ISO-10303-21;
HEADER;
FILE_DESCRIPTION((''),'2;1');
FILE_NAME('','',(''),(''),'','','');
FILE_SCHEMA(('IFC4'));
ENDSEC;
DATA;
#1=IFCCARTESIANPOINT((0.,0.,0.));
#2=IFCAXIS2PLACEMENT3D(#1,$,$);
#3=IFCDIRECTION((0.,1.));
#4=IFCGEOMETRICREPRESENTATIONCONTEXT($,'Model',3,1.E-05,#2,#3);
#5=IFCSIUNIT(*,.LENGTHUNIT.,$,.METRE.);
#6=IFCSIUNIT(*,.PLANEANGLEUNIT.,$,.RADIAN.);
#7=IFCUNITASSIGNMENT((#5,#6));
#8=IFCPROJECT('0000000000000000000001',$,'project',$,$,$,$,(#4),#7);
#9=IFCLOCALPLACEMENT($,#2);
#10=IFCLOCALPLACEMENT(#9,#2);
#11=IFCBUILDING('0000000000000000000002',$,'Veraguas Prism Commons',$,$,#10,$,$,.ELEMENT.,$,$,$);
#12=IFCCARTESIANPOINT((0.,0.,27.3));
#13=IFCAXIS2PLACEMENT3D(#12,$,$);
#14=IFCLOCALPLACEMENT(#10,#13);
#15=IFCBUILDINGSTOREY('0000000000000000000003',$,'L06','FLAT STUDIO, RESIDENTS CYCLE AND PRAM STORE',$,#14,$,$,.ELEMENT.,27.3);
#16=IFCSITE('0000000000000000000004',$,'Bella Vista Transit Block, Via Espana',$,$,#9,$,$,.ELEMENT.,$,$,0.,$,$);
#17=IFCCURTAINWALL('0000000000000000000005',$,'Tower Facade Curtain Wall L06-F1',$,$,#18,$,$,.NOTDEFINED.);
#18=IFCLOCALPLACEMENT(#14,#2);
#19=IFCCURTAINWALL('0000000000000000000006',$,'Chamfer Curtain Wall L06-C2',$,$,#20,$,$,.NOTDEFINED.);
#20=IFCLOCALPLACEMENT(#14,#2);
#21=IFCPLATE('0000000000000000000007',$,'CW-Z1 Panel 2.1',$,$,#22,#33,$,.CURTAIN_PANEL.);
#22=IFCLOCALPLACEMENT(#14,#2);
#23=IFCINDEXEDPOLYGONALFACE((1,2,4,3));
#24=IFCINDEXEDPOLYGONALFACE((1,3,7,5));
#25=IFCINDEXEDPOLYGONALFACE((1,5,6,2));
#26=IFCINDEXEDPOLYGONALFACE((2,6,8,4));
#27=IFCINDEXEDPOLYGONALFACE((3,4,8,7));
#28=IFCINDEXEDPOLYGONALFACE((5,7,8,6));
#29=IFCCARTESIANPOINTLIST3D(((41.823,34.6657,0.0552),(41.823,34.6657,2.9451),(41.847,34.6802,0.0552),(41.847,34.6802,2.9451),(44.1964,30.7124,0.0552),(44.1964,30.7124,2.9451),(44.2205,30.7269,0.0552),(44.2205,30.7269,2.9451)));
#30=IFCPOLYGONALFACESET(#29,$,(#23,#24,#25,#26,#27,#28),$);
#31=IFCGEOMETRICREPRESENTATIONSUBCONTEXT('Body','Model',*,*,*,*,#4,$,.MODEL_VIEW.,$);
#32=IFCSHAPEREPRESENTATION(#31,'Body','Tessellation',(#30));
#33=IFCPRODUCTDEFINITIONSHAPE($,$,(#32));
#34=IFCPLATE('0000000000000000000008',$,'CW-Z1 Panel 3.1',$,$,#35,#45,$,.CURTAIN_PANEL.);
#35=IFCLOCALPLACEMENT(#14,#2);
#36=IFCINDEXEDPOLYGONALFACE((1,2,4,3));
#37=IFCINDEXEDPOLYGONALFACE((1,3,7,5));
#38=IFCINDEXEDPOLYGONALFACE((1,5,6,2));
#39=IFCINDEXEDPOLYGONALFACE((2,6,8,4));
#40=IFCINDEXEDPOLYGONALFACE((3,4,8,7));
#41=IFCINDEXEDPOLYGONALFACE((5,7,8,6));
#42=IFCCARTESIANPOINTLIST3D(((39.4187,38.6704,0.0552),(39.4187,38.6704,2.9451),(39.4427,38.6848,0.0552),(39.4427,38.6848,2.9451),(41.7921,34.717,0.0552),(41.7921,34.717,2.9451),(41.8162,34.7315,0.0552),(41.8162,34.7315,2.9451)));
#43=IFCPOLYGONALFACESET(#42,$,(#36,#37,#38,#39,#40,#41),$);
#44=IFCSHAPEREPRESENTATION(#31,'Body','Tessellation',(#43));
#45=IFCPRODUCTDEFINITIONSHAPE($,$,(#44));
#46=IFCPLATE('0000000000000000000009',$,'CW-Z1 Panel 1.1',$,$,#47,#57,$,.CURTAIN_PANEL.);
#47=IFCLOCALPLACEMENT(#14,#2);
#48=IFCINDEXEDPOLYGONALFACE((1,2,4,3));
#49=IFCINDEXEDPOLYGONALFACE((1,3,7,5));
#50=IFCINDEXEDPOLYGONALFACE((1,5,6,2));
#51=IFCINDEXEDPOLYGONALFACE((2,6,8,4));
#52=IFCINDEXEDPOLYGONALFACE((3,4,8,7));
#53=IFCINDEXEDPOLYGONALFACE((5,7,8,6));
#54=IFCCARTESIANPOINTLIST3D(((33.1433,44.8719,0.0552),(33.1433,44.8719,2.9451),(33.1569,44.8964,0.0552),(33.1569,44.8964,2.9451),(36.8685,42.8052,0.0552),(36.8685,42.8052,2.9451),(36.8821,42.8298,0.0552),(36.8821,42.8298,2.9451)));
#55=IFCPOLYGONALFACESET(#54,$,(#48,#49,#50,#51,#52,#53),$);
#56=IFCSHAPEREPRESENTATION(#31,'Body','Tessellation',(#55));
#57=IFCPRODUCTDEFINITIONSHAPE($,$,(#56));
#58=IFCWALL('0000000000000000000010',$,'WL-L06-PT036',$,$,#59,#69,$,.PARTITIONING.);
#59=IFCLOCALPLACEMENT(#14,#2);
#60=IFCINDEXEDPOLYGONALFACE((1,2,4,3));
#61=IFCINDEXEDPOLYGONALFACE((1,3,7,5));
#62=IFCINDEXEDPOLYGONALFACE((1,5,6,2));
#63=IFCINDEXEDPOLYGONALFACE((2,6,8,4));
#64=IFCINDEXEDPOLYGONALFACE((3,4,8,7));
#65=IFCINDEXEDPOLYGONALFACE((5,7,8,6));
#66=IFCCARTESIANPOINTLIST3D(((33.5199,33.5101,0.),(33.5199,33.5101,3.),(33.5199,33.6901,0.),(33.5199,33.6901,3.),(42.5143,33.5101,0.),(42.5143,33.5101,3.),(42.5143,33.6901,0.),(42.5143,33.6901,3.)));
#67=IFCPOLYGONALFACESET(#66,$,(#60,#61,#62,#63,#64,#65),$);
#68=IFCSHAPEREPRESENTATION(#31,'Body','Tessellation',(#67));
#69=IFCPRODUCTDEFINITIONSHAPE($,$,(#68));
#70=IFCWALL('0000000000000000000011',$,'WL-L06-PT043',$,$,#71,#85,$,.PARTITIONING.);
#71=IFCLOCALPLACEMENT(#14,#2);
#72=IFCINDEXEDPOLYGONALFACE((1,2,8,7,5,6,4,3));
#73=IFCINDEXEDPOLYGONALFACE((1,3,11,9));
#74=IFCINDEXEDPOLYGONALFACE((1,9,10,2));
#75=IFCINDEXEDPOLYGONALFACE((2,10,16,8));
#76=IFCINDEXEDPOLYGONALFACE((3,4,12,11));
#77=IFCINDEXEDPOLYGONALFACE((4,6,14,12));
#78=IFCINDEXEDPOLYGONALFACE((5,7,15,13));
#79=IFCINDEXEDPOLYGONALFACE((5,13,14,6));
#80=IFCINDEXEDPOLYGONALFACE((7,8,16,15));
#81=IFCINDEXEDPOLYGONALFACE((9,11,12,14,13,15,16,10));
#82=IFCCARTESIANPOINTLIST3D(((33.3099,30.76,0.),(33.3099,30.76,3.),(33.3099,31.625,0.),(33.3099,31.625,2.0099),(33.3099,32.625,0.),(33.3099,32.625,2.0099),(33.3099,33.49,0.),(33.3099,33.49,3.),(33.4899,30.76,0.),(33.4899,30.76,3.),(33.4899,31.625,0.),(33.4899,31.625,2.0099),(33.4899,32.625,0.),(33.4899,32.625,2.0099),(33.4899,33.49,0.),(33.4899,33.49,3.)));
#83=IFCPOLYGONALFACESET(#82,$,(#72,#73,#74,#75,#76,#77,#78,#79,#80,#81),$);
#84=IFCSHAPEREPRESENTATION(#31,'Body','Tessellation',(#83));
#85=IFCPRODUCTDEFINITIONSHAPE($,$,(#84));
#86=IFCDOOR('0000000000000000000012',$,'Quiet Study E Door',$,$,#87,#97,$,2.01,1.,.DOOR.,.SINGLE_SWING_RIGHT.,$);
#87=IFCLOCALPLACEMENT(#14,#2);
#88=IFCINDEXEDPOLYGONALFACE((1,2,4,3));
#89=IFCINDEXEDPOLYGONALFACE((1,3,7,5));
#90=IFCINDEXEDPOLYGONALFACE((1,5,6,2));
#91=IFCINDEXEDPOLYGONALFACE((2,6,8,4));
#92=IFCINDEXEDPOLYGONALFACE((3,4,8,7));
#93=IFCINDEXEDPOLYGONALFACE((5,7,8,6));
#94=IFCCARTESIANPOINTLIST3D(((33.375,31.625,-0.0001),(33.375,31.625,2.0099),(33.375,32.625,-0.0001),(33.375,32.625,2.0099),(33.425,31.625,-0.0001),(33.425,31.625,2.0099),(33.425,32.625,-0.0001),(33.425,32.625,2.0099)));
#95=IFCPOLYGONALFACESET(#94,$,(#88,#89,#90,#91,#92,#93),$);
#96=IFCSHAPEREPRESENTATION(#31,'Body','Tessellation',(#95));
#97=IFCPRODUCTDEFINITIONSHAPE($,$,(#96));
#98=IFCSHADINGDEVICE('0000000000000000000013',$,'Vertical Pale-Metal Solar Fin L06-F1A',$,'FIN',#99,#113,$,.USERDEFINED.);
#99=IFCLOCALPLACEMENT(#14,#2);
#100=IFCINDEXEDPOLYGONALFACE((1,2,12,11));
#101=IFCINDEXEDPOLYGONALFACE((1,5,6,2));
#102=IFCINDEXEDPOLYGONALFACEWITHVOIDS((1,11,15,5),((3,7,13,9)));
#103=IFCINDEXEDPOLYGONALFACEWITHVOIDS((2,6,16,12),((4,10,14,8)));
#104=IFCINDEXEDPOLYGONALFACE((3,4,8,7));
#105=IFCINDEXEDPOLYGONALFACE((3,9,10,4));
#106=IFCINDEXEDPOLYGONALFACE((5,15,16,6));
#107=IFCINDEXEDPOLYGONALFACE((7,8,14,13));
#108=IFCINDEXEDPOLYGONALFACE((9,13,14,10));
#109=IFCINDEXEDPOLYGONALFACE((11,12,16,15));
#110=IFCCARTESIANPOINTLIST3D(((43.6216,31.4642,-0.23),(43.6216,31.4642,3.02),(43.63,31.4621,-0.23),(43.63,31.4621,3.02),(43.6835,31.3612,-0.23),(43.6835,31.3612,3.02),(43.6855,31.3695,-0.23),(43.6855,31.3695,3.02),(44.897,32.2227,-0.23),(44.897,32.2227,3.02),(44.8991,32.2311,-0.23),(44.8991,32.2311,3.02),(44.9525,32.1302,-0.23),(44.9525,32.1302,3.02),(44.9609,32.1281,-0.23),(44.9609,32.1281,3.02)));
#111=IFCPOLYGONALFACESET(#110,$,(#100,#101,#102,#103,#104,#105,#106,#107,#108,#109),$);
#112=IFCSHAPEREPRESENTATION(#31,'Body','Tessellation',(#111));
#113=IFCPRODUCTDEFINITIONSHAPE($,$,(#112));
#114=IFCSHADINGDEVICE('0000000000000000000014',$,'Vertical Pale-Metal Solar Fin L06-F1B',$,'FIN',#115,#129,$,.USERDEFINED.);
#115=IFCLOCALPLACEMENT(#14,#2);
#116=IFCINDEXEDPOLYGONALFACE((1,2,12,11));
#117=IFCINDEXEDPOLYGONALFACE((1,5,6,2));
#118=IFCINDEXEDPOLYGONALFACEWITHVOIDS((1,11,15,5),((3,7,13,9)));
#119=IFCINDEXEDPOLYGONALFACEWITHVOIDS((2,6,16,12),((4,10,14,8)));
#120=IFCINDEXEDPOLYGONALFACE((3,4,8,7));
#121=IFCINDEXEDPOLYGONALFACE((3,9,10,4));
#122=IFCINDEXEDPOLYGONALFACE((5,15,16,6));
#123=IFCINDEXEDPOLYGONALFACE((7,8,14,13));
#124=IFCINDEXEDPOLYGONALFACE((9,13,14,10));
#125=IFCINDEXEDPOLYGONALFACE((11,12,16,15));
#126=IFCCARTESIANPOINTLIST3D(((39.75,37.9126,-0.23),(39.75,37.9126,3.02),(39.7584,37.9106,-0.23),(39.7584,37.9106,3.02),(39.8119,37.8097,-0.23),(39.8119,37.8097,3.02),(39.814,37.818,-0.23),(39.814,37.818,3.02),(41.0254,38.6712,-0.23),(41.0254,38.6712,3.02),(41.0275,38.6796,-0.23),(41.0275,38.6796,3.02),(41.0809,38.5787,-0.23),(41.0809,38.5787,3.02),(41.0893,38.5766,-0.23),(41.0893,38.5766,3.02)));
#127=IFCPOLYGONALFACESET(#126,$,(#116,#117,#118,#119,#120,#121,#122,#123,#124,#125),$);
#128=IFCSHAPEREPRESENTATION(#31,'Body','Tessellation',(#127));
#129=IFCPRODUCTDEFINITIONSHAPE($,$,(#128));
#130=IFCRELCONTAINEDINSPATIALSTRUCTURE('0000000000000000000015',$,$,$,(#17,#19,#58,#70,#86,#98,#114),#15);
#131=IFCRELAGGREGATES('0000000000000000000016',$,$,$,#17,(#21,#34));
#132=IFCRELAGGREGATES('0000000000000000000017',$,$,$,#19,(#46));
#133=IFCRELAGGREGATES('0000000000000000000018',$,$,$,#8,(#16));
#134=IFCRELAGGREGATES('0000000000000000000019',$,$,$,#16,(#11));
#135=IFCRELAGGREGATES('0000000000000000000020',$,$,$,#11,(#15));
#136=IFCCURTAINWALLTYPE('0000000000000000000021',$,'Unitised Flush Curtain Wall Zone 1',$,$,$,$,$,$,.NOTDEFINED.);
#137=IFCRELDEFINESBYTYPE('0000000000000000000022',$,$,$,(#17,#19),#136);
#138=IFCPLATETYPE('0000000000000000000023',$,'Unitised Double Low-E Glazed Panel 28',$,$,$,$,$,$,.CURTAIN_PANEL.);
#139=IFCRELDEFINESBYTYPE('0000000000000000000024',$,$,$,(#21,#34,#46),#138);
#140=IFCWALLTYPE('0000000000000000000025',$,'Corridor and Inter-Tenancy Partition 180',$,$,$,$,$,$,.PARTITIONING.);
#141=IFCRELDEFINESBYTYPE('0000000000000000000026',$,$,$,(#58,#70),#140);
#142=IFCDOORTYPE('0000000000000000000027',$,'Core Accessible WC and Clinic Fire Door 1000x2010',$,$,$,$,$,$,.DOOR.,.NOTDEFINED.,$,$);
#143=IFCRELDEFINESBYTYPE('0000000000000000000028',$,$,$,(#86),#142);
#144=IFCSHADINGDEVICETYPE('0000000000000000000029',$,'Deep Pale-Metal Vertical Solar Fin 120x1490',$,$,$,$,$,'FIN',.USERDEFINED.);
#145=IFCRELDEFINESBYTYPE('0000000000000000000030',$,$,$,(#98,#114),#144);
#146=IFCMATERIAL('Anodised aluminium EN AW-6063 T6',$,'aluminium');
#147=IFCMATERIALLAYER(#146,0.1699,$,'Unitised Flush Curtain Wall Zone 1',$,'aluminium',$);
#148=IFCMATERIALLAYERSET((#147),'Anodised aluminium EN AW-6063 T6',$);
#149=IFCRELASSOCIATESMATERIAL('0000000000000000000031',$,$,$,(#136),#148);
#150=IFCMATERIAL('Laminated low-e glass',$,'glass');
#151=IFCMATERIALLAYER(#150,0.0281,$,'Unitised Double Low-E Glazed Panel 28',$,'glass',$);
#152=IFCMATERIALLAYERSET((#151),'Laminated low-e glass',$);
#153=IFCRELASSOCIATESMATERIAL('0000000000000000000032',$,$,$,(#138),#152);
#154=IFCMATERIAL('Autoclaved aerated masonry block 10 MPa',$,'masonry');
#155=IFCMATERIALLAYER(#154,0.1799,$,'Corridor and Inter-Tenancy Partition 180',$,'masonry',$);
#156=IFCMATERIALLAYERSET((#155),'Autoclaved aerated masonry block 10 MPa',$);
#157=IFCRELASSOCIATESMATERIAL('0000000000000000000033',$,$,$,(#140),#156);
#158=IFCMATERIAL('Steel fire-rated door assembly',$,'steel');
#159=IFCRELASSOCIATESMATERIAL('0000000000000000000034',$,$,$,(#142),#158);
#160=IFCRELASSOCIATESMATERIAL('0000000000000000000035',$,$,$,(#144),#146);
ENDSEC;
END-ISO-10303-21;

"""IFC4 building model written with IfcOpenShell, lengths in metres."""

from ifc_helpers import new_model, si_unit, direction, frame, frame_2d, origin, origin_2d, place, context, subcontext, project, spatial, rectangle, hollow_rectangle, extrude, source, transform, mapped, material, layer, layer_set, material_profile, profile_set, type_object, element, fill, aggregate, save


model = new_model("IFC4")

# Units and contexts
model_context = context("Model", 3, precision=1e-05, world=origin(), true_north=direction((0.0, 1.0)))
body_context = subcontext(model_context, "Body", "Model", "MODEL_VIEW")
ifc_project = project(units=[si_unit("LENGTHUNIT", "METRE"), si_unit("PLANEANGLEUNIT", "RADIAN")], contexts=[model_context])

# Site, building, storey
site_placement = place(None, origin())
site = spatial("IfcSite", under=ifc_project, at=site_placement, Name="Bella Vista Transit Block, Via Espana", CompositionType="ELEMENT", RefElevation=0.0)
building_placement = place(site_placement, origin())
building = spatial("IfcBuilding", under=site, at=building_placement, Name="Veraguas Prism Commons", CompositionType="ELEMENT")
storey_placement = place(building_placement, frame((0.0, 0.0, 27.3)))
storey = spatial("IfcBuildingStorey", under=building, at=storey_placement, Name="L06", Description="FLAT STUDIO, RESIDENTS CYCLE AND PRAM STORE", CompositionType="ELEMENT", Elevation=27.3)

# Curtain wall
ifc_material_1 = material(Name="Anodised aluminium EN AW-6063 T6", Category="aluminium")
ifc_layer_1 = layer(ifc_material_1, 0.1699, Name="Unitised Flush Curtain Wall Zone 1", Category="aluminium")
ifc_layer_set_1 = layer_set([ifc_layer_1], Name="Anodised aluminium EN AW-6063 T6")
curtain_wall_type = type_object("IfcCurtainWallType", Name="Unitised Flush Curtain Wall Zone 1", PredefinedType="NOTDEFINED", material=ifc_layer_set_1)
curtain_wall_1_placement = place(storey_placement, origin())
curtain_wall_1 = element("IfcCurtainWall", 1, at=curtain_wall_1_placement, inside=storey, type_object=curtain_wall_type, Name="Tower Facade Curtain Wall L06-F1", PredefinedType="NOTDEFINED")

# Curtain wall
curtain_wall_2_placement = place(storey_placement, origin())
curtain_wall_2 = element("IfcCurtainWall", 2, at=curtain_wall_2_placement, inside=storey, type_object=curtain_wall_type, Name="Chamfer Curtain Wall L06-C2", PredefinedType="NOTDEFINED")

# Plates
ifc_material_2 = material(Name="Laminated low-e glass", Category="glass")
ifc_layer_2 = layer(ifc_material_2, 0.0281, Name="Unitised Double Low-E Glazed Panel 28", Category="glass")
ifc_layer_set_2 = layer_set([ifc_layer_2], Name="Laminated low-e glass")
plate_type = type_object("IfcPlateType", Name="Unitised Double Low-E Glazed Panel 28", PredefinedType="CURTAIN_PANEL", material=ifc_layer_set_2)
shared_shape_1 = source(origin(), body_context, "Body", "SweptSolid", [
    extrude(rectangle(XDim=4.6111, YDim=0.0281, at=origin_2d()), origin(), (0.0, 0.0, 1.0), 2.8899),
])
plate_1_placement = place(storey_placement, frame((43.0217, 32.6963, 0.0552), z_axis=(0.0, 0.0, 1.0), x_axis=(-0.514734, 0.85735, 0.0)))
plate_1 = element("IfcPlate", 3, at=plate_1_placement, type_object=plate_type, Name="CW-Z1 Panel 2.1", PredefinedType="CURTAIN_PANEL", context=body_context, shape_type="MappedRepresentation", body=[
    mapped(shared_shape_1, transform((0.0, 0.0, 0.0), scale=1.0)),
])
plate_2_placement = place(storey_placement, frame((40.6174, 36.7009, 0.0552), z_axis=(0.0, 0.0, 1.0), x_axis=(-0.514734, 0.85735, 0.0)))
plate_2 = element("IfcPlate", 4, at=plate_2_placement, type_object=plate_type, Name="CW-Z1 Panel 3.1", PredefinedType="CURTAIN_PANEL", context=body_context, shape_type="MappedRepresentation", body=[
    mapped(shared_shape_1, transform((0.0, 0.0, 0.0), scale=1.0)),
])
aggregate(curtain_wall_1, [plate_1, plate_2])
shared_shape_2 = source(origin(), body_context, "Body", "SweptSolid", [
    extrude(rectangle(XDim=4.26, YDim=0.0281, at=origin_2d()), origin(), (0.0, 0.0, 1.0), 2.8899),
])
plate_3_placement = place(storey_placement, frame((35.0127, 43.8508, 0.0552), z_axis=(0.0, 0.0, 1.0), x_axis=(-0.874445, 0.485124, 0.0)))
plate_3 = element("IfcPlate", 5, at=plate_3_placement, type_object=plate_type, Name="CW-Z1 Panel 1.1", PredefinedType="CURTAIN_PANEL", context=body_context, shape_type="MappedRepresentation", body=[
    mapped(shared_shape_2, transform((0.0, 0.0, 0.0), scale=1.0)),
])
aggregate(curtain_wall_2, [plate_3])

# Wall
ifc_material_3 = material(Name="Autoclaved aerated masonry block 10 MPa", Category="masonry")
ifc_layer_3 = layer(ifc_material_3, 0.1799, Name="Corridor and Inter-Tenancy Partition 180", Category="masonry")
ifc_layer_set_3 = layer_set([ifc_layer_3], Name="Autoclaved aerated masonry block 10 MPa")
wall_type = type_object("IfcWallType", Name="Corridor and Inter-Tenancy Partition 180", PredefinedType="PARTITIONING", material=ifc_layer_set_3)
wall_1_placement = place(storey_placement, frame((33.52, 33.6001, 0.0), z_axis=(0.0, 0.0, 1.0), x_axis=(1.0, 0.0, 0.0)))
element("IfcWall", 6, at=wall_1_placement, inside=storey, type_object=wall_type, Name="WL-L06-PT036", PredefinedType="PARTITIONING", context=body_context, shape_type="SweptSolid", body=[
    extrude(rectangle(XDim=8.9944, YDim=0.1799, at=frame_2d((4.4971, 0.0))), origin(), (0.0, 0.0, 1.0), 3.0),
])

# Wall, opening, door
wall_2_placement = place(storey_placement, frame((33.3999, 30.76, 0.0), z_axis=(0.0, 0.0, 1.0), x_axis=(0.0, 1.0, 0.0)))
wall_2 = element("IfcWall", 7, at=wall_2_placement, inside=storey, type_object=wall_type, Name="WL-L06-PT043", PredefinedType="PARTITIONING", context=body_context, shape_type="SweptSolid", body=[
    extrude(rectangle(XDim=2.73, YDim=0.1799, at=frame_2d((1.365, 0.0))), origin(), (0.0, 0.0, 1.0), 3.0),
])
opening_placement = place(wall_2_placement, frame((0.865, 0.0, 0.0)))
opening = element("IfcOpeningElement", 8, at=opening_placement, cuts=wall_2, PredefinedType="OPENING", context=body_context, shape_type="SweptSolid", body=[
    extrude(rectangle(XDim=1.0, YDim=2.01, at=frame_2d((0.5, 1.0049))), frame((0.0, 0.0999, 0.0), z_axis=(0.0, -1.0, 0.0), x_axis=(1.0, 0.0, 0.0)), (0.0, 0.0, 1.0), 0.2),
])
ifc_material_4 = material(Name="Steel fire-rated door assembly", Category="steel")
door_type = type_object("IfcDoorType", Name="Core Accessible WC and Clinic Fire Door 1000x2010", OperationType="NOTDEFINED", PredefinedType="DOOR", material=ifc_material_4)
shared_shape_3 = source(origin(), body_context, "Body", "SweptSolid", [
    extrude(rectangle(XDim=1.0, YDim=2.01, at=frame_2d((0.5, 1.0049))), frame((0.0, 0.0249, 0.0), z_axis=(0.0, -1.0, 0.0), x_axis=(1.0, 0.0, 0.0)), (0.0, 0.0, 1.0), 0.05),
])
door_placement = place(opening_placement, origin())
door = element("IfcDoor", 9, at=door_placement, inside=storey, type_object=door_type, Name="Quiet Study E Door", OperationType="SINGLE_SWING_RIGHT", OverallHeight=2.01, OverallWidth=1.0, PredefinedType="DOOR", context=body_context, shape_type="MappedRepresentation", body=[
    mapped(shared_shape_3, transform((0.0, 0.0, 0.0), scale=1.0)),
])
fill(opening, door)

# Shading devices
ifc_material_profile_1 = material_profile(ifc_material_1, hollow_rectangle(XDim=0.1201, YDim=1.49, WallThickness=0.0061, at=origin_2d()), Name="FIN120X1490X6")
ifc_profile_set_1 = profile_set([ifc_material_profile_1], Name="Anodised aluminium EN AW-6063 T6")
shading_device_type = type_object("IfcShadingDeviceType", Name="Deep Pale-Metal Vertical Solar Fin 120x1490", ElementType="FIN", PredefinedType="USERDEFINED", material=ifc_profile_set_1)
for number, where, z_axis, x_axis, name in (
    (10, (44.2913, 31.7961, -0.23), (0.0, 0.0, 1.0), (-0.514739, 0.857347, 0.0), "Vertical Pale-Metal Solar Fin L06-F1A"),
    (11, (40.4197, 38.2446, -0.23), (0.0, 0.0, 1.0), (-0.514739, 0.857347, 0.0), "Vertical Pale-Metal Solar Fin L06-F1B"),
):
    element("IfcShadingDevice", number, at=place(storey_placement, frame(where, z_axis=z_axis, x_axis=x_axis)), inside=storey, type_object=shading_device_type, Name=name, ObjectType="FIN", PredefinedType="USERDEFINED", context=body_context, shape_type="SweptSolid", body=[
        extrude(hollow_rectangle(XDim=0.1201, YDim=1.49, WallThickness=0.0061, at=origin_2d()), origin(), (0.0, 0.0, 1.0), 3.25),
    ])

save(model, "model.ifc")
